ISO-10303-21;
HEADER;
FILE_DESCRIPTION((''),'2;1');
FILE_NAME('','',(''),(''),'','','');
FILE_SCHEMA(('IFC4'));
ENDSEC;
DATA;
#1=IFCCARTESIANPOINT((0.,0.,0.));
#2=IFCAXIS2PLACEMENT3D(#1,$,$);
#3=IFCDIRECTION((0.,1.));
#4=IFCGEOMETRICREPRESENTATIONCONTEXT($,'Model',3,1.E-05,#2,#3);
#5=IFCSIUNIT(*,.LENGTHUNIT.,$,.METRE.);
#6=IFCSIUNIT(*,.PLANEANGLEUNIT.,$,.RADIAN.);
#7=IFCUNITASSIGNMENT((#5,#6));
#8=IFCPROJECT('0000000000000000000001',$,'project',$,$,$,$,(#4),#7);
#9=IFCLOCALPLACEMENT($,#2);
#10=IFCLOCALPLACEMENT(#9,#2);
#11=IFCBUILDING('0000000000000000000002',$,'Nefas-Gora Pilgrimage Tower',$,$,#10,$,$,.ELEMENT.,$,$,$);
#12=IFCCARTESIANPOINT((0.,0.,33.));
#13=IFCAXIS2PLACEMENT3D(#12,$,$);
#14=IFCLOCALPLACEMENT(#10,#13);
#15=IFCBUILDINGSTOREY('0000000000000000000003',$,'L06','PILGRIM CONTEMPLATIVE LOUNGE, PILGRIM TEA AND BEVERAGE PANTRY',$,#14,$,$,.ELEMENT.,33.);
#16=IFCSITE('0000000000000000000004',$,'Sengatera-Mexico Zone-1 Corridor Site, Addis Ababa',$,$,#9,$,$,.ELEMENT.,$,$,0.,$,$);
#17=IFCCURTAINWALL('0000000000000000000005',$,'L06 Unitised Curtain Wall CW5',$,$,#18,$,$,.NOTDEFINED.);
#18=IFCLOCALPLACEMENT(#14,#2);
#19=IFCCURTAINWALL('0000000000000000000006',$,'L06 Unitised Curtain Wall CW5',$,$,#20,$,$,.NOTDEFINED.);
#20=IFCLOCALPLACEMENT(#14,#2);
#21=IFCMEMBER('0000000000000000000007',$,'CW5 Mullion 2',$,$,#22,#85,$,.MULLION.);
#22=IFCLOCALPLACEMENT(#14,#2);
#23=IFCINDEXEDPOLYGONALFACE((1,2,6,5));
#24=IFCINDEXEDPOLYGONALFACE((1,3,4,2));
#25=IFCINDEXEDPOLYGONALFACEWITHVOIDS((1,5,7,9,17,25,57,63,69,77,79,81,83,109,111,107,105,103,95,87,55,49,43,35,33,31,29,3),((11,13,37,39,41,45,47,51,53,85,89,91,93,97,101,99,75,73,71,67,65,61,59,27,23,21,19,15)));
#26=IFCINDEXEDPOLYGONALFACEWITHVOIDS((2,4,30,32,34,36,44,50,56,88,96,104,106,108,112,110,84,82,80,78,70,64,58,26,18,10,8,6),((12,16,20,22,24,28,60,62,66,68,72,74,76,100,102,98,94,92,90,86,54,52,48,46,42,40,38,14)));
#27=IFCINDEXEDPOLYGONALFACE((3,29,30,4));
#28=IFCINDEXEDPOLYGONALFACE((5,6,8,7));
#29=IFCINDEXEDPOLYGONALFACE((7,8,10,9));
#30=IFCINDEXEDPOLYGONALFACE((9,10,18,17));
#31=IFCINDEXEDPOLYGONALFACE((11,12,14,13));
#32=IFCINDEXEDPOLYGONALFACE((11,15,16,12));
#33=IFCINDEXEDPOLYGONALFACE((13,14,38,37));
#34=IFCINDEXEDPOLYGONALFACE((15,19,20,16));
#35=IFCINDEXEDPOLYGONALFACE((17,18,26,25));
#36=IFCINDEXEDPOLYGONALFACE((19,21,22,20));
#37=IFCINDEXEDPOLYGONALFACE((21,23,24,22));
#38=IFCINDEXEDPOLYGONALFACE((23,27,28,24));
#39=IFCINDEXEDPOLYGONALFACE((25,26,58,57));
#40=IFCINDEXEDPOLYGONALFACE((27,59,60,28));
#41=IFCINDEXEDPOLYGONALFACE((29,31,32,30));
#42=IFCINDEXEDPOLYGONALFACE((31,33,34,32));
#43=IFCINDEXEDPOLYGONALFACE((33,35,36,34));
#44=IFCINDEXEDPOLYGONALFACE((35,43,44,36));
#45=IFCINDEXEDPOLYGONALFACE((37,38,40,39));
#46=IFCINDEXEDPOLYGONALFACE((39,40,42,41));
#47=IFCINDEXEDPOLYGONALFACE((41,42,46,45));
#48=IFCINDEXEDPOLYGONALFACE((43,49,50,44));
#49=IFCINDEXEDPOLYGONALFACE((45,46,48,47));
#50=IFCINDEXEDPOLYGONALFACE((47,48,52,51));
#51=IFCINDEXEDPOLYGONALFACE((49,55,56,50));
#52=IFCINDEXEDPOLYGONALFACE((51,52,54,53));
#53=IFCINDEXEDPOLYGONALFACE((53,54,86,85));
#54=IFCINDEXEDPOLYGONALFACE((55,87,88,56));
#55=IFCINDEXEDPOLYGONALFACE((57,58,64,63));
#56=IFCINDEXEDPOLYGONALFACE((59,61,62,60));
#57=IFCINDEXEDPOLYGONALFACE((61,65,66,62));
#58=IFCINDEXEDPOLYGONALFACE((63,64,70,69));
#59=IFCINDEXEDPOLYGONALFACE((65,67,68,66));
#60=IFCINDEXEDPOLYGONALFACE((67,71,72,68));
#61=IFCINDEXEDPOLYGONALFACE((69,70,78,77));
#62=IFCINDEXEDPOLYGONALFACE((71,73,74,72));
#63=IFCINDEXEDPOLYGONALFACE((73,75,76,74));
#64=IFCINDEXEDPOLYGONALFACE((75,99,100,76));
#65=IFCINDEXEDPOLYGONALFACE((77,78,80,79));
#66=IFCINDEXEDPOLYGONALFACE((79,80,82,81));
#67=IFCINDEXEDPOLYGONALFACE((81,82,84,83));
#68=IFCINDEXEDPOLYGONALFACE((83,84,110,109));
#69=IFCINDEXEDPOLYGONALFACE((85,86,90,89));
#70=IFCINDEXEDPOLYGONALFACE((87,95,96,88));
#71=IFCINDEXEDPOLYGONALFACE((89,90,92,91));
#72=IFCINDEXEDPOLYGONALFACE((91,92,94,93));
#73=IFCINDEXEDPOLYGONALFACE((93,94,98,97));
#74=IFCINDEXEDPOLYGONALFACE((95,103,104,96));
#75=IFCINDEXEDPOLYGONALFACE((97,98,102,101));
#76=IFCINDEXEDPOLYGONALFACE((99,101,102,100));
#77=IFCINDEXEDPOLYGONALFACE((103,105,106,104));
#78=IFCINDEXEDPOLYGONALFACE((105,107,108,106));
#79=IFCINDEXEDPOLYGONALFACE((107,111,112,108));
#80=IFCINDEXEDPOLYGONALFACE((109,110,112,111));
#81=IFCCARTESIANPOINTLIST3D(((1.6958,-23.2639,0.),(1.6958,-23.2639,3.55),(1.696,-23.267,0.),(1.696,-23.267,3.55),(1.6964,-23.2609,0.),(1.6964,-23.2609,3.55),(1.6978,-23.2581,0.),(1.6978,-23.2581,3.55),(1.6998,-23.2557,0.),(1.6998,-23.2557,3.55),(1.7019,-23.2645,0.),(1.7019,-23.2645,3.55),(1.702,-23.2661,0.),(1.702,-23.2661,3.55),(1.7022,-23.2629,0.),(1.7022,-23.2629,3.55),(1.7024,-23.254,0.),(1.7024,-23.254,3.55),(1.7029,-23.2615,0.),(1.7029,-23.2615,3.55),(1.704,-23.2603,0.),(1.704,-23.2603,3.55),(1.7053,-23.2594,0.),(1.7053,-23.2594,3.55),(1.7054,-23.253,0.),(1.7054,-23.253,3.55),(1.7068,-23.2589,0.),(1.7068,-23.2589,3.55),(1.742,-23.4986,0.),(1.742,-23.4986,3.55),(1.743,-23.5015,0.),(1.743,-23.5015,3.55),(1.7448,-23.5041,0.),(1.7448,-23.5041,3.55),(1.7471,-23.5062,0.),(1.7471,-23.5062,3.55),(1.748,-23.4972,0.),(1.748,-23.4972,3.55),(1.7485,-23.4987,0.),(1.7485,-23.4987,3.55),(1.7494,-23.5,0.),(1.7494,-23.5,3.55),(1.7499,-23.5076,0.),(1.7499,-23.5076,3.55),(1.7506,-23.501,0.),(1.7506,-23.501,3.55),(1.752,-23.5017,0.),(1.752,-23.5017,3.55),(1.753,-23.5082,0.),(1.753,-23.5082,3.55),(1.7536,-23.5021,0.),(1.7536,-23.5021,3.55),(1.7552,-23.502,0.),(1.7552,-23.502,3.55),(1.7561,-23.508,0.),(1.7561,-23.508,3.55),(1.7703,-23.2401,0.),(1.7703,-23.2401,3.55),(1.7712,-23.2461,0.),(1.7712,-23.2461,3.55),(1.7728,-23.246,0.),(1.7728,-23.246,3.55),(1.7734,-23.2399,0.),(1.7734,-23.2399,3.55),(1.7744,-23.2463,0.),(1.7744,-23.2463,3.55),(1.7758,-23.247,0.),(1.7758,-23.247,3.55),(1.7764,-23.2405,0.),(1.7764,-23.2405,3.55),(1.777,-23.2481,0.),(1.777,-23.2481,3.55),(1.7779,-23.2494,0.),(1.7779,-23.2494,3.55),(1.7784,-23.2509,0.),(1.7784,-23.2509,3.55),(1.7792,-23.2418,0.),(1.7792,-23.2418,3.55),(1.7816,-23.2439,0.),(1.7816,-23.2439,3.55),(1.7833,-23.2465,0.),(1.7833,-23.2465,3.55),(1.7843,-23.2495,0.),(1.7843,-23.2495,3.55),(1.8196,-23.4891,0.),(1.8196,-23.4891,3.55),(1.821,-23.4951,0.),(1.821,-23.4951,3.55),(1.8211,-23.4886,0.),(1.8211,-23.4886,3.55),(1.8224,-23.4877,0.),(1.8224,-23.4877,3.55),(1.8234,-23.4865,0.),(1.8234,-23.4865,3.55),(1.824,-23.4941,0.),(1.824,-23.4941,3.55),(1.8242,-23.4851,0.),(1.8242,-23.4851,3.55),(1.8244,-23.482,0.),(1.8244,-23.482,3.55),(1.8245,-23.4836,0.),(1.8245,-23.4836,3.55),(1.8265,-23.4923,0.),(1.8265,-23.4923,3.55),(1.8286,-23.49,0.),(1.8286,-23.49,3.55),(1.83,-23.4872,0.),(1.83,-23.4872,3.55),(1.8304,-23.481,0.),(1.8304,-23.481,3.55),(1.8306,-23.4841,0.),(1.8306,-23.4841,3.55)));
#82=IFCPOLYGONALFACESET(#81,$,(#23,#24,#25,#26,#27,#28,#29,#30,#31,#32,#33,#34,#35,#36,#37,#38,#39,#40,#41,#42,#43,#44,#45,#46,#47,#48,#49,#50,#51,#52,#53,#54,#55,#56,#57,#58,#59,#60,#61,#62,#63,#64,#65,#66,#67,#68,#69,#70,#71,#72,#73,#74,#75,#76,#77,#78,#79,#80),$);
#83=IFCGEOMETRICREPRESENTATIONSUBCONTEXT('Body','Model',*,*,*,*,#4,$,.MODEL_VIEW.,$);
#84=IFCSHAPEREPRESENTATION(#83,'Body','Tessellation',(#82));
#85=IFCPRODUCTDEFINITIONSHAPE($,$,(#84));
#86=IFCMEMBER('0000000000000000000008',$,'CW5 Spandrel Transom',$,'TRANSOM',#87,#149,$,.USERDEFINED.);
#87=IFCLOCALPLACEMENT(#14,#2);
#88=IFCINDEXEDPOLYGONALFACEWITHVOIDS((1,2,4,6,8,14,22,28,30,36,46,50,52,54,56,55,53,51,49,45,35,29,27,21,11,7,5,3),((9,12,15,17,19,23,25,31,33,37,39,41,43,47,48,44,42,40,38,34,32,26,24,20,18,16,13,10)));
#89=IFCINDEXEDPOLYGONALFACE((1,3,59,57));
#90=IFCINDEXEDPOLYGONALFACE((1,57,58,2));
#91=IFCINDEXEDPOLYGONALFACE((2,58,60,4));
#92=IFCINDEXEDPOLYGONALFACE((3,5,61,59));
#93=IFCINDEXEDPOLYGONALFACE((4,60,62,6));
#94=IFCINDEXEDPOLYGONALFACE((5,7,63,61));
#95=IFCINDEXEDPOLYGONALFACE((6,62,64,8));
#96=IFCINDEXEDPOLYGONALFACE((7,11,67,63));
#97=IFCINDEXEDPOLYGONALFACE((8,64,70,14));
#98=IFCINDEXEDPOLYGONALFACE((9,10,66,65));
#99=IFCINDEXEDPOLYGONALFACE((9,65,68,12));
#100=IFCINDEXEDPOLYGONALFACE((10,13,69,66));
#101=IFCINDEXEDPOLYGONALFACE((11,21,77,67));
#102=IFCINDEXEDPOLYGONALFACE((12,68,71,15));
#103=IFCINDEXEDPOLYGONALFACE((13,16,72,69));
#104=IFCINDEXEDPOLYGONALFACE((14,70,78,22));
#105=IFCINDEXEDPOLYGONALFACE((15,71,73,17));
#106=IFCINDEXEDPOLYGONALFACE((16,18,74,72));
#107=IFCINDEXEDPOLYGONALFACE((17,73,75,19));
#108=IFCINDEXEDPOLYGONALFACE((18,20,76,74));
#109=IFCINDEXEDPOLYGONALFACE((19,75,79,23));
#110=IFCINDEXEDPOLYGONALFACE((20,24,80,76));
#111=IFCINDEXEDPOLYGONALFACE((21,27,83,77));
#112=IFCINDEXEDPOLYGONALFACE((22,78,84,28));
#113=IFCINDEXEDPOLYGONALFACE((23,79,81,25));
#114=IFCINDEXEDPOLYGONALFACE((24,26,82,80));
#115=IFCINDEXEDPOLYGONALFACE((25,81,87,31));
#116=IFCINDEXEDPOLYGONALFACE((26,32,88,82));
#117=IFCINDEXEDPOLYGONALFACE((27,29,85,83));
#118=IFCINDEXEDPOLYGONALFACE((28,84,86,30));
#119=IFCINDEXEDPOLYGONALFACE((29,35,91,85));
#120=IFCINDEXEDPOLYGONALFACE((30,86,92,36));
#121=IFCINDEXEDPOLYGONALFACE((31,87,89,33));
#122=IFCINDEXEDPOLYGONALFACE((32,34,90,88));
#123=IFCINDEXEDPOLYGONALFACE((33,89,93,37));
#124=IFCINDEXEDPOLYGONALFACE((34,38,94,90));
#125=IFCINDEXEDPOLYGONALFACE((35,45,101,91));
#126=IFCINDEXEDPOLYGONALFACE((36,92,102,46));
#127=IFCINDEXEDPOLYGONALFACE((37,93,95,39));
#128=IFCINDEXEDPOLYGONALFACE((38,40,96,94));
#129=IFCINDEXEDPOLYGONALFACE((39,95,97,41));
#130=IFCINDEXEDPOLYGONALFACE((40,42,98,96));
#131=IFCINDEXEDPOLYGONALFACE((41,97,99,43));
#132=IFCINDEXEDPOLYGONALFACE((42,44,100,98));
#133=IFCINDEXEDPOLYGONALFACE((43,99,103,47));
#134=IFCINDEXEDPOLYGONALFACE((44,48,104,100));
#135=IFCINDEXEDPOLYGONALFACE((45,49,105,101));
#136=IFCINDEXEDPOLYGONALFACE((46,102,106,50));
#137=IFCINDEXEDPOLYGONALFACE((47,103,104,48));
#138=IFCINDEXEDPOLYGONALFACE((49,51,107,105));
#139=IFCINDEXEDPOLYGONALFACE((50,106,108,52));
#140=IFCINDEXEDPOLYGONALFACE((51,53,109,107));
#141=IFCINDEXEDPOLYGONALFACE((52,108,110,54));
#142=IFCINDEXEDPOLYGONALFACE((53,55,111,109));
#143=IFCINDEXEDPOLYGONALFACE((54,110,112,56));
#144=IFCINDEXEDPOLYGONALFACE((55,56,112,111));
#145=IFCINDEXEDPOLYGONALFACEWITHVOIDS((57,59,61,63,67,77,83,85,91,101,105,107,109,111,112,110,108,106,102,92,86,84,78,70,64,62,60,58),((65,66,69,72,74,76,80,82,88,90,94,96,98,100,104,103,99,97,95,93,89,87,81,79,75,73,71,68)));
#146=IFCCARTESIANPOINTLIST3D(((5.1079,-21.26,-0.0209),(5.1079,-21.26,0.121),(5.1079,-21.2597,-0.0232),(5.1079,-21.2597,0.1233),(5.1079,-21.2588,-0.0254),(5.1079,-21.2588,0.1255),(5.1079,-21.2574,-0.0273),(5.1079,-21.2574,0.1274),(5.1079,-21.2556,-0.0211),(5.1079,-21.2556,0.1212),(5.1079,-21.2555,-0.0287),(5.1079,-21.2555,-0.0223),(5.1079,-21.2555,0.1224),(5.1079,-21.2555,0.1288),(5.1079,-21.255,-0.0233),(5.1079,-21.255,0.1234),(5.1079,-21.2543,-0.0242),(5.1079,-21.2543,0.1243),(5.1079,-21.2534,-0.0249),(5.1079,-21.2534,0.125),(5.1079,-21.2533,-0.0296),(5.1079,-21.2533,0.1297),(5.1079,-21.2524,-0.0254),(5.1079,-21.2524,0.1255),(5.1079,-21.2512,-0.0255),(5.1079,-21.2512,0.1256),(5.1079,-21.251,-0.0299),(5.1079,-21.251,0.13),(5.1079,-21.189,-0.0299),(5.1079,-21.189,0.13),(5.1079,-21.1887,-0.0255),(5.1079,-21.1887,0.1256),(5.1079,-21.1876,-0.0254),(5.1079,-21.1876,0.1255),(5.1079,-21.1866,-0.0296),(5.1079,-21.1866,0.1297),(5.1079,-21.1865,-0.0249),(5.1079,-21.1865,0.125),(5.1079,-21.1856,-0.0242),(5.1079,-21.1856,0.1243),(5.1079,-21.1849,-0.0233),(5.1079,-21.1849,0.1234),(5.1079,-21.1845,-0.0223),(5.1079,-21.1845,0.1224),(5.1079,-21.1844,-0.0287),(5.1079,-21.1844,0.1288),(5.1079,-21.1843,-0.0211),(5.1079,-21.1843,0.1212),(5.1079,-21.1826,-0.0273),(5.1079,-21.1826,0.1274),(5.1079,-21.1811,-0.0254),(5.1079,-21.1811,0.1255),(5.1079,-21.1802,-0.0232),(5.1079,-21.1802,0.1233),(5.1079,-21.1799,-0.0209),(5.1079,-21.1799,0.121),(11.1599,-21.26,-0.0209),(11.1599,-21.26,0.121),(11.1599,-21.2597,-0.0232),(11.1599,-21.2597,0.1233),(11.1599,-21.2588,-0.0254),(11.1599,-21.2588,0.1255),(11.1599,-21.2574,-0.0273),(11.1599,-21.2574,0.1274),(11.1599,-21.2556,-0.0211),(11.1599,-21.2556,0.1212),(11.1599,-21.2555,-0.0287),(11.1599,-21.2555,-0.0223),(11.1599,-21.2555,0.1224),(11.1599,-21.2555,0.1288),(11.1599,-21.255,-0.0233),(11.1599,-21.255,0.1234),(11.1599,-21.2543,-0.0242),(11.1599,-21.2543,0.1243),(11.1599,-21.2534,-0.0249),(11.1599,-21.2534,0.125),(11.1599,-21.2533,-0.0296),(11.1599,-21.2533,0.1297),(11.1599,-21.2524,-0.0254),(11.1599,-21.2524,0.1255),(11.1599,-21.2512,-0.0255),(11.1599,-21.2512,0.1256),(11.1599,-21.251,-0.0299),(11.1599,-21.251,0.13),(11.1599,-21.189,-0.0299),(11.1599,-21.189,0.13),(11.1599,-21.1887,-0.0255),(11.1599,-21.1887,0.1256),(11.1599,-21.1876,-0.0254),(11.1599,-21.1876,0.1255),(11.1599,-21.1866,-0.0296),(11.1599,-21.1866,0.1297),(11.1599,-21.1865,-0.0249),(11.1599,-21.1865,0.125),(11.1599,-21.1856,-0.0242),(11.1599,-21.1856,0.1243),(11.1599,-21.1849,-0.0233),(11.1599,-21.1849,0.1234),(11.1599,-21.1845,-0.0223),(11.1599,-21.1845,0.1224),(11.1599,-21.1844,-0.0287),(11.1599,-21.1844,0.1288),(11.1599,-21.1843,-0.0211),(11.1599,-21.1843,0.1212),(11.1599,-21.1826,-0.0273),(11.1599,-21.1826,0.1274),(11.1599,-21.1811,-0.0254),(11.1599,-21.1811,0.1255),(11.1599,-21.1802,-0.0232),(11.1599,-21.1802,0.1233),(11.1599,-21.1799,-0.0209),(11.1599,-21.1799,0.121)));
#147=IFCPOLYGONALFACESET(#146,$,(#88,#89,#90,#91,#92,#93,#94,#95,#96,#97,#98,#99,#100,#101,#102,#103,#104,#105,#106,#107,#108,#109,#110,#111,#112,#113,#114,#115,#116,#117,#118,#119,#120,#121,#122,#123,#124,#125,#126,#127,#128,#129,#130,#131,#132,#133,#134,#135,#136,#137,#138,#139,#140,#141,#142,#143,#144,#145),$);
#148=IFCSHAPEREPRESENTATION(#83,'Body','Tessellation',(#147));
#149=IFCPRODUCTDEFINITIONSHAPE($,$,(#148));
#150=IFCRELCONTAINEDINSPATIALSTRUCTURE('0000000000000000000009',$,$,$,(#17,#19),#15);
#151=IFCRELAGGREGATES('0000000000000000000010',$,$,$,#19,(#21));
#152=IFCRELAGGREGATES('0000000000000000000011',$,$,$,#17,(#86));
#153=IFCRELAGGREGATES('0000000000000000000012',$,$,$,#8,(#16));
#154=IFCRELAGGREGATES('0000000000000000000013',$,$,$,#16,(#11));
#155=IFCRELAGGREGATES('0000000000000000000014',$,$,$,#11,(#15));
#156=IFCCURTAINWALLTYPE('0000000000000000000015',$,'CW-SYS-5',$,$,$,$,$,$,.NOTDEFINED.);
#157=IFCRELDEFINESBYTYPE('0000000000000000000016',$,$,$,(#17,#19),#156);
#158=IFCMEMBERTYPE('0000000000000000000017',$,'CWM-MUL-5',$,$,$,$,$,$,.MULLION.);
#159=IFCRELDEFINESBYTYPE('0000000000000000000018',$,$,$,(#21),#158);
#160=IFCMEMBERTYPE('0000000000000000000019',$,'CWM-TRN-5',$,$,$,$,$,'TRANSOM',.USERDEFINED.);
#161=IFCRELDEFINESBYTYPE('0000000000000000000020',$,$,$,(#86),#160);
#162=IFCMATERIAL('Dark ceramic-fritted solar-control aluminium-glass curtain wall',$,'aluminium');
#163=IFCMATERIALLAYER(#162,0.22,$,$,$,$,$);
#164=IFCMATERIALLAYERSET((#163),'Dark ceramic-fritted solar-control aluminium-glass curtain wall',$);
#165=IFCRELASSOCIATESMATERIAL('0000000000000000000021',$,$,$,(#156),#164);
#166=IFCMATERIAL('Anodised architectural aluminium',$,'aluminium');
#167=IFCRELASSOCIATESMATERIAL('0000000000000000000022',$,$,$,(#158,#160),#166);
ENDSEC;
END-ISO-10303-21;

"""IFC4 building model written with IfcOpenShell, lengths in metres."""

from ifc_helpers import new_model, si_unit, direction, frame, origin, origin_2d, place, context, subcontext, project, spatial, hollow_rectangle, extrude, source, transform, mapped, material, layer, layer_set, material_profile, profile_set, type_object, element, aggregate, save


model = new_model("IFC4")

# Units and contexts
model_context = context("Model", 3, precision=1e-05, world=origin(), true_north=direction((0.0, 1.0)))
body_context = subcontext(model_context, "Body", "Model", "MODEL_VIEW")
ifc_project = project(units=[si_unit("LENGTHUNIT", "METRE"), si_unit("PLANEANGLEUNIT", "RADIAN")], contexts=[model_context])

# Site, building, storey
site_placement = place(None, origin())
site = spatial("IfcSite", under=ifc_project, at=site_placement, Name="Sengatera-Mexico Zone-1 Corridor Site, Addis Ababa", CompositionType="ELEMENT", RefElevation=0.0)
building_placement = place(site_placement, origin())
building = spatial("IfcBuilding", under=site, at=building_placement, Name="Nefas-Gora Pilgrimage Tower", CompositionType="ELEMENT")
storey_placement = place(building_placement, frame((0.0, 0.0, 33.0)))
storey = spatial("IfcBuildingStorey", under=building, at=storey_placement, Name="L06", Description="PILGRIM CONTEMPLATIVE LOUNGE, PILGRIM TEA AND BEVERAGE PANTRY", CompositionType="ELEMENT", Elevation=33.0)

# Curtain wall
ifc_material_1 = material(Name="Dark ceramic-fritted solar-control aluminium-glass curtain wall", Category="aluminium")
ifc_layer_1 = layer(ifc_material_1, 0.22)
ifc_layer_set_1 = layer_set([ifc_layer_1], Name="Dark ceramic-fritted solar-control aluminium-glass curtain wall")
curtain_wall_type_1 = type_object("IfcCurtainWallType", Name="CW-SYS-5", PredefinedType="NOTDEFINED", material=ifc_layer_set_1)
curtain_wall_1_placement = place(storey_placement, origin())
curtain_wall_1 = element("IfcCurtainWall", 1, at=curtain_wall_1_placement, inside=storey, type_object=curtain_wall_type_1, Name="L06 Unitised Curtain Wall CW5", PredefinedType="NOTDEFINED")
ifc_material_2 = material(Name="Anodised architectural aluminium", Category="aluminium")
ifc_material_profile_1 = material_profile(ifc_material_2, hollow_rectangle(XDim=0.0901, YDim=0.26, WallThickness=0.0061, InnerFilletRadius=0.0061, OuterFilletRadius=0.012, at=origin_2d()), Name="ALU MULLION 90x260")
ifc_profile_set_1 = profile_set([ifc_material_profile_1], Name="Anodised architectural aluminium")
member_type_1 = type_object("IfcMemberType", Name="CWM-MUL-5", PredefinedType="MULLION", material=ifc_profile_set_1)
shared_shape_1 = source(origin(), body_context, "Body", "SweptSolid", [
    extrude(hollow_rectangle(XDim=0.0901, YDim=0.26, WallThickness=0.0061, InnerFilletRadius=0.0061, OuterFilletRadius=0.012, at=origin_2d()), origin(), (0.0, 0.0, 1.0), 3.55),
])

# Curtain wall, member
curtain_wall_2_placement = place(storey_placement, origin())
curtain_wall_2 = element("IfcCurtainWall", 2, at=curtain_wall_2_placement, inside=storey, type_object=curtain_wall_type_1, Name="L06 Unitised Curtain Wall CW5", PredefinedType="NOTDEFINED")
member_1_placement = place(storey_placement, frame((1.7632, -23.374, 0.0), z_axis=(0.0, 0.0, 1.0), x_axis=(0.980783, 0.195102, 0.0)))
member_1 = element("IfcMember", 3, at=member_1_placement, type_object=member_type_1, Name="CW5 Mullion 2", PredefinedType="MULLION", context=body_context, shape_type="MappedRepresentation", body=[
    mapped(shared_shape_1, transform((0.0, 0.0, 0.0), x_axis=(1.0, 0.0, 0.0), y_axis=(0.0, 1.0, 0.0), z_axis=(0.0, 0.0, 1.0), scale=1.0)),
])
aggregate(curtain_wall_2, [member_1])

# Member
ifc_material_profile_2 = material_profile(ifc_material_2, hollow_rectangle(XDim=0.0801, YDim=0.1599, WallThickness=0.0044, InnerFilletRadius=0.0044, OuterFilletRadius=0.009, at=origin_2d()), Name="ALU TRANSOM 80x160")
ifc_profile_set_2 = profile_set([ifc_material_profile_2], Name="Anodised architectural aluminium")
member_type_2 = type_object("IfcMemberType", Name="CWM-TRN-5", ElementType="TRANSOM", PredefinedType="USERDEFINED", material=ifc_profile_set_2)
shared_shape_2 = source(origin(), body_context, "Body", "SweptSolid", [
    extrude(hollow_rectangle(XDim=0.0801, YDim=0.1599, WallThickness=0.0044, InnerFilletRadius=0.0044, OuterFilletRadius=0.009, at=origin_2d()), origin(), (0.0, 0.0, 1.0), 6.052),
])
member_2_placement = place(storey_placement, frame((5.1079, -21.22, 0.05), z_axis=(1.0, 0.0, 0.0), x_axis=(0.0, 1.0, 0.0)))
member_2 = element("IfcMember", 4, at=member_2_placement, type_object=member_type_2, Name="CW5 Spandrel Transom", ObjectType="TRANSOM", PredefinedType="USERDEFINED", context=body_context, shape_type="MappedRepresentation", body=[
    mapped(shared_shape_2, transform((0.0, 0.0, 0.0), x_axis=(1.0, 0.0, 0.0), y_axis=(0.0, 1.0, 0.0), z_axis=(0.0, 0.0, 1.0), scale=1.0)),
])

aggregate(curtain_wall_1, [member_2])

save(model, "model.ifc")
